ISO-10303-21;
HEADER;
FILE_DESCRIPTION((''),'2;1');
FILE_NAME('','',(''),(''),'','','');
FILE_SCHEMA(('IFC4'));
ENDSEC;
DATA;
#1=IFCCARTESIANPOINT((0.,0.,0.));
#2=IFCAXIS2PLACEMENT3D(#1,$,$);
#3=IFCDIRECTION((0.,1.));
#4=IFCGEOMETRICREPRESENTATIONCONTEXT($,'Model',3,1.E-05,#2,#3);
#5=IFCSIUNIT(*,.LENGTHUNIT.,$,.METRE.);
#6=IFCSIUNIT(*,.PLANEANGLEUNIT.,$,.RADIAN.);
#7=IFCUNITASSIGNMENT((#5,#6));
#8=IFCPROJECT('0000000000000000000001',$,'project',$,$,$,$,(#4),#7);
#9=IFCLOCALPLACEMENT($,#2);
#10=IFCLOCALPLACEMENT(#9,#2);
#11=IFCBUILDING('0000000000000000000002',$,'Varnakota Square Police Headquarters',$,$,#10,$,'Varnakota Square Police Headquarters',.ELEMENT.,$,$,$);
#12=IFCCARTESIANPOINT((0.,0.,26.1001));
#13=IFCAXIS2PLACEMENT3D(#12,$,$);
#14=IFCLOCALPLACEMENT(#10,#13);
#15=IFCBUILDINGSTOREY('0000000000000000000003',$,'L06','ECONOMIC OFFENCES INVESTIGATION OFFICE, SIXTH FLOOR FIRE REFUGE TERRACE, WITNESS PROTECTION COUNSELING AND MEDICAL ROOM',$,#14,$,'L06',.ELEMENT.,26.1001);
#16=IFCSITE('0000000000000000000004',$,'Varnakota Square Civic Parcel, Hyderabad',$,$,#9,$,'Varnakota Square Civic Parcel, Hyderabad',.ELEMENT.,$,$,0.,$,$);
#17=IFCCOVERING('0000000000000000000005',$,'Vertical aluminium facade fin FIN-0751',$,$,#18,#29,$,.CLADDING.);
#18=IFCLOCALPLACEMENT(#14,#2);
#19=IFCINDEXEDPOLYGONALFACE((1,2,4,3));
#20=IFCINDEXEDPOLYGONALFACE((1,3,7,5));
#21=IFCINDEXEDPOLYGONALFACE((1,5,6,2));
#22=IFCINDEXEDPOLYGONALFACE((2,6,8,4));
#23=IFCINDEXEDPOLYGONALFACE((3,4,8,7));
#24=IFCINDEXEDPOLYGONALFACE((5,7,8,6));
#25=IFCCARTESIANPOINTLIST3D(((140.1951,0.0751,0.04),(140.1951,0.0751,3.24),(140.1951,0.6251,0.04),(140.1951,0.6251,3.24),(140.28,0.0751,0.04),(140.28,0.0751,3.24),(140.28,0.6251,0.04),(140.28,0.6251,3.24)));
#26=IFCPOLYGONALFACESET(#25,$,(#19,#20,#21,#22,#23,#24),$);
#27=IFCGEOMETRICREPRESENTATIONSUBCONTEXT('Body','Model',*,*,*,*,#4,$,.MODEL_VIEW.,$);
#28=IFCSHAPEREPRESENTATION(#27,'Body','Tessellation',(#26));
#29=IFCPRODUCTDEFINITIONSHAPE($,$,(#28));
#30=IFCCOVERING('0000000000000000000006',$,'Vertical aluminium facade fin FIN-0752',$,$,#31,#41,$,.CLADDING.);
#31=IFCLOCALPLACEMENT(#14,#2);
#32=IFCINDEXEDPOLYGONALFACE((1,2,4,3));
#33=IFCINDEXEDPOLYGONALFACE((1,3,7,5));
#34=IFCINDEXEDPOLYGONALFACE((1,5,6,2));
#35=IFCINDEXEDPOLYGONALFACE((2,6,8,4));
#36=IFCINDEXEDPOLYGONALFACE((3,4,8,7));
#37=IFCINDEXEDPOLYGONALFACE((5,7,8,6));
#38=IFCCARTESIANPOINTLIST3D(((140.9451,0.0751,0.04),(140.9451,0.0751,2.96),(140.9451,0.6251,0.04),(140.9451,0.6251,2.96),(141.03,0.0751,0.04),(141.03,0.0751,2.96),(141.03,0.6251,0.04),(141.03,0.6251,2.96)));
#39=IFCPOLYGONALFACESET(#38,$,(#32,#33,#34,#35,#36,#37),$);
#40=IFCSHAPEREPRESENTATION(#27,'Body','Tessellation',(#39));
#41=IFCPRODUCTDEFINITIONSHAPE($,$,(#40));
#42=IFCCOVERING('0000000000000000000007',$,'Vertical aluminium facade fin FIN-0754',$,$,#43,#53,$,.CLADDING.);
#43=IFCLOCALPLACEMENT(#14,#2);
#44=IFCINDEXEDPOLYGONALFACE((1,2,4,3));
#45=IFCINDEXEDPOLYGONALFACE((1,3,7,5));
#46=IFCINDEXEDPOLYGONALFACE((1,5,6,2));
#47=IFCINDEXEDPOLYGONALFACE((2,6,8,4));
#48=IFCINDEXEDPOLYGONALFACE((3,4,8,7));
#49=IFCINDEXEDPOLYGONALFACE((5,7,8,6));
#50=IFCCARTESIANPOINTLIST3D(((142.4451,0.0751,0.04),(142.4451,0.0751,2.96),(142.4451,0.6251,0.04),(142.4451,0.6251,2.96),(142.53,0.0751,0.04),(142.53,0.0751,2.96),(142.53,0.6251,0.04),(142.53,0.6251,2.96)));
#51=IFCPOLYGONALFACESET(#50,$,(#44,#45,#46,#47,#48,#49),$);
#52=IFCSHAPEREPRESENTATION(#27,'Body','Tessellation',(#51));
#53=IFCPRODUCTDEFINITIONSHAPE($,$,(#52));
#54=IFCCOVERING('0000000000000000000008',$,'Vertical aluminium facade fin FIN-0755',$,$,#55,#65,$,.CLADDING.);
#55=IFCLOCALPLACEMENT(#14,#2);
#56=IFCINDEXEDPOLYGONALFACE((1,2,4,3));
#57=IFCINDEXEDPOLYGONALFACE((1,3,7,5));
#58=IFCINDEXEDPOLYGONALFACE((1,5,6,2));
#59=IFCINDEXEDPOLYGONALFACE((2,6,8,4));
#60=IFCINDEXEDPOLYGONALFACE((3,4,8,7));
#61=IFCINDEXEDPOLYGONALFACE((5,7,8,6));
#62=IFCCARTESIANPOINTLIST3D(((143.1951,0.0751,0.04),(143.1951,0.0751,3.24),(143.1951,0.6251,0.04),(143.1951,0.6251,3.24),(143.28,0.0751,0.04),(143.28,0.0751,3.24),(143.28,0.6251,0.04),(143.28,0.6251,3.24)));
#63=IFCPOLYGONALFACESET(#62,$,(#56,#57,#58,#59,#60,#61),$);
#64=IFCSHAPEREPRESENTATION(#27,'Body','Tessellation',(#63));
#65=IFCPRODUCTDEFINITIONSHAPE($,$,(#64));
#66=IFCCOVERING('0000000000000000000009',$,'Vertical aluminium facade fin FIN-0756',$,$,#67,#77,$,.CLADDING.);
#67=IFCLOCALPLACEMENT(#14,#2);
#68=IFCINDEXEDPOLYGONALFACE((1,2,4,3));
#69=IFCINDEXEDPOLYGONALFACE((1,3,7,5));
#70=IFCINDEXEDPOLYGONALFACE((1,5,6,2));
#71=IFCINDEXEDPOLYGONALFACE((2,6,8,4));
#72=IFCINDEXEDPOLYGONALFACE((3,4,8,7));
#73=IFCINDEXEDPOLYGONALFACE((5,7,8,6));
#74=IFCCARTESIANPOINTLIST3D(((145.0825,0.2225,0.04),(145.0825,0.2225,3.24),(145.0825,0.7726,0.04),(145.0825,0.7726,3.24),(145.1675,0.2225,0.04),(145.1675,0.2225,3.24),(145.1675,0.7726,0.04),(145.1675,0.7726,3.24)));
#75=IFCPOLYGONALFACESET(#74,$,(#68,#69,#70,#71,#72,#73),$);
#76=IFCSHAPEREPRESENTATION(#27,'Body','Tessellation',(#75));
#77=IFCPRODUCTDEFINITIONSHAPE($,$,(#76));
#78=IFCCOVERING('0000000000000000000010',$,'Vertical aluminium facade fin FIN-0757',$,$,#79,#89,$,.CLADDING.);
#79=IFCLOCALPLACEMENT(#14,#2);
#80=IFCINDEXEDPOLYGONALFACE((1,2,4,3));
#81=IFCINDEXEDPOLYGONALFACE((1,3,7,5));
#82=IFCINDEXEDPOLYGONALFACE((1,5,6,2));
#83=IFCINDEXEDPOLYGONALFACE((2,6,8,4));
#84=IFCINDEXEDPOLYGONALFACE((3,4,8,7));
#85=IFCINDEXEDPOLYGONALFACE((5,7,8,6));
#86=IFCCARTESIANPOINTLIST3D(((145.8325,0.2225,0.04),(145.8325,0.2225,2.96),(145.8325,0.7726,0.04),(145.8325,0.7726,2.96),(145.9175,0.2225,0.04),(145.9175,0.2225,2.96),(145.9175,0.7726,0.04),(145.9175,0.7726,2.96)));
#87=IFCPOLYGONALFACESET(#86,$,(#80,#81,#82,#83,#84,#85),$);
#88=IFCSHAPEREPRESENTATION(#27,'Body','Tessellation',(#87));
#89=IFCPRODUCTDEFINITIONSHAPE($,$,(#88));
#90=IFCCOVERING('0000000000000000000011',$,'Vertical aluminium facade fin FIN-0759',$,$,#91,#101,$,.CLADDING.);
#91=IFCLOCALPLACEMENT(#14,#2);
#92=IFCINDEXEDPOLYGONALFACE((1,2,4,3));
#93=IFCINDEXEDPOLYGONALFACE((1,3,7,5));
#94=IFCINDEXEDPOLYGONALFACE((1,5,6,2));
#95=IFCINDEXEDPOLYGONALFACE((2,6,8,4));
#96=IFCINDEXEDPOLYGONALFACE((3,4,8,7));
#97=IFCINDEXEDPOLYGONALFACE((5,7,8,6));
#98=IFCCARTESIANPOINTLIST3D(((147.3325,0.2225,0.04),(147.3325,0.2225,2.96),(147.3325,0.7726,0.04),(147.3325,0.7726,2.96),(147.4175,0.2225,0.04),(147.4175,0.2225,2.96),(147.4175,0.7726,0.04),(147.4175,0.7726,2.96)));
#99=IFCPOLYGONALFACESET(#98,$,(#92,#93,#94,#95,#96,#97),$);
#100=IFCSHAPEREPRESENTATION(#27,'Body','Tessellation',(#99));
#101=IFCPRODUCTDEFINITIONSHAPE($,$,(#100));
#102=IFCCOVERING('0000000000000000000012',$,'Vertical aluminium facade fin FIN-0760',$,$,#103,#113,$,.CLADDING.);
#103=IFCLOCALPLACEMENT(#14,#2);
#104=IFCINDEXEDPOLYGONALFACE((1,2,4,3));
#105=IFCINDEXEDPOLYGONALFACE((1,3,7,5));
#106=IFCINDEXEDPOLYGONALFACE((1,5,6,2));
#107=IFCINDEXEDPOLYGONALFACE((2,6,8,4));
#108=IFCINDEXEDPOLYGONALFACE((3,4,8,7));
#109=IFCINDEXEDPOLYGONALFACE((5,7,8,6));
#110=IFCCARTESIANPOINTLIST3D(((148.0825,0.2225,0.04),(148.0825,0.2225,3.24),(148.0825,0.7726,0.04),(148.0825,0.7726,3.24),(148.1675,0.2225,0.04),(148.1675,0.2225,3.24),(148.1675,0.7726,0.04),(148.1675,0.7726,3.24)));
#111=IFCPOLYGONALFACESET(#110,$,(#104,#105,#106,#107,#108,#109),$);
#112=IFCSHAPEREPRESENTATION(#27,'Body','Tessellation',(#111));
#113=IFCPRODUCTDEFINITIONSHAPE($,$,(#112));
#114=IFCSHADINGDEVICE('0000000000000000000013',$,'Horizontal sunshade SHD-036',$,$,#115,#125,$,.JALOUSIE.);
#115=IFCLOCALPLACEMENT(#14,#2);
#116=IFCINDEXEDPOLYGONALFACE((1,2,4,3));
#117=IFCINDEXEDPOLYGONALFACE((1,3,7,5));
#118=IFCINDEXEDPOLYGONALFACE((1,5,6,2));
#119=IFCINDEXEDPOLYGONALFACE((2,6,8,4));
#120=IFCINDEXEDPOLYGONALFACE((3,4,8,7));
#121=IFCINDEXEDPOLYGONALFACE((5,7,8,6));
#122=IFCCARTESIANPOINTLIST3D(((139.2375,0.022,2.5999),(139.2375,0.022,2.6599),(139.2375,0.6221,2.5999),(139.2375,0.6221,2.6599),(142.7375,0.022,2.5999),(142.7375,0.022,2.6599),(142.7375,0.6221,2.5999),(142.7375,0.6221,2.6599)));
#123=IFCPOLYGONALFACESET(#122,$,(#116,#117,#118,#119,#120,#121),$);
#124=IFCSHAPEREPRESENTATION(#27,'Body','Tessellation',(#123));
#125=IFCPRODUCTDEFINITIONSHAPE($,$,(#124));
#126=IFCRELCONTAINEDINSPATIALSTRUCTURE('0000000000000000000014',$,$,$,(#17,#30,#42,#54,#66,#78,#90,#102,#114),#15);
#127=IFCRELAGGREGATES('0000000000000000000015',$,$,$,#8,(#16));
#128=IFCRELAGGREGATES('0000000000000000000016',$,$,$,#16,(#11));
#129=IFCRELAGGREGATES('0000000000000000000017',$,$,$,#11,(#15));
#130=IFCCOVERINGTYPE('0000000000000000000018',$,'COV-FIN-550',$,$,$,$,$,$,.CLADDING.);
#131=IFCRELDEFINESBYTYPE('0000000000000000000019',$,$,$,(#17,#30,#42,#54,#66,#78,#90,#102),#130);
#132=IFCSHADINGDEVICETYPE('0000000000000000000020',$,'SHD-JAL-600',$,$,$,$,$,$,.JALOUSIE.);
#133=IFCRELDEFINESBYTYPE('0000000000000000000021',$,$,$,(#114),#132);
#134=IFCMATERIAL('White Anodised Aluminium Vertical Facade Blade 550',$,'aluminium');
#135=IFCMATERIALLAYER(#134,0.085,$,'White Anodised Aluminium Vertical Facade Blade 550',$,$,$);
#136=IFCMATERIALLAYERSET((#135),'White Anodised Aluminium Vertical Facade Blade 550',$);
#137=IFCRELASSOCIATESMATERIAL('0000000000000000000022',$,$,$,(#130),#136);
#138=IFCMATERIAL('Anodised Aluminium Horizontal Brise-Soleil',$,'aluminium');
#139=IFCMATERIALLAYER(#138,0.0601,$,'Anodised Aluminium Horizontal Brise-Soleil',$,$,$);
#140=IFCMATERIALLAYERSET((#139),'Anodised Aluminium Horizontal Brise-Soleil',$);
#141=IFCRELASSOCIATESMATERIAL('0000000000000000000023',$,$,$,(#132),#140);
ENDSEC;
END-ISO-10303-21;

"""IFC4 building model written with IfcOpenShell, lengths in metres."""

from ifc_helpers import new_model, si_unit, direction, frame, origin, origin_2d, place, context, subcontext, project, spatial, rectangle, extrude, material, layer, layer_set, type_object, element, save


model = new_model("IFC4")

# Units and contexts
model_context = context("Model", 3, precision=1e-05, world=origin(), true_north=direction((0.0, 1.0)))
body_context = subcontext(model_context, "Body", "Model", "MODEL_VIEW")
ifc_project = project(units=[si_unit("LENGTHUNIT", "METRE"), si_unit("PLANEANGLEUNIT", "RADIAN")], contexts=[model_context])

# Site, building, storey
site_placement = place(None, origin())
site = spatial("IfcSite", under=ifc_project, at=site_placement, Name="Varnakota Square Civic Parcel, Hyderabad", LongName="Varnakota Square Civic Parcel, Hyderabad", CompositionType="ELEMENT", RefElevation=0.0)
building_placement = place(site_placement, origin())
building = spatial("IfcBuilding", under=site, at=building_placement, Name="Varnakota Square Police Headquarters", LongName="Varnakota Square Police Headquarters", CompositionType="ELEMENT")
storey_placement = place(building_placement, frame((0.0, 0.0, 26.1001)))
storey = spatial("IfcBuildingStorey", under=building, at=storey_placement, Name="L06", Description="ECONOMIC OFFENCES INVESTIGATION OFFICE, SIXTH FLOOR FIRE REFUGE TERRACE, WITNESS PROTECTION COUNSELING AND MEDICAL ROOM", LongName="L06", CompositionType="ELEMENT", Elevation=26.1001)

# Coverings
ifc_material_1 = material(Name="White Anodised Aluminium Vertical Facade Blade 550", Category="aluminium")
ifc_layer_1 = layer(ifc_material_1, 0.085, Name="White Anodised Aluminium Vertical Facade Blade 550")
ifc_layer_set_1 = layer_set([ifc_layer_1], Name="White Anodised Aluminium Vertical Facade Blade 550")
covering_type_1 = type_object("IfcCoveringType", Name="COV-FIN-550", PredefinedType="CLADDING", material=ifc_layer_set_1)
for number, where, z_axis, x_axis, name in (
    (1, (140.2375, 0.3501, 0.04), (0.0, 0.0, 1.0), (1.0, 0.0, 0.0), "Vertical aluminium facade fin FIN-0751"),
):
    element("IfcCovering", number, at=place(storey_placement, frame(where, z_axis=z_axis, x_axis=x_axis)), inside=storey, type_object=covering_type_1, Name=name, PredefinedType="CLADDING", context=body_context, shape_type="SweptSolid", body=[
        extrude(rectangle(XDim=0.085, YDim=0.55, at=origin_2d()), origin(), (0.0, 0.0, 1.0), 3.2),
    ])
for number, where, z_axis, x_axis, name in (
    (2, (140.9875, 0.3501, 0.04), (0.0, 0.0, 1.0), (1.0, 0.0, 0.0), "Vertical aluminium facade fin FIN-0752"),
    (3, (142.4875, 0.3501, 0.04), (0.0, 0.0, 1.0), (1.0, 0.0, 0.0), "Vertical aluminium facade fin FIN-0754"),
):
    element("IfcCovering", number, at=place(storey_placement, frame(where, z_axis=z_axis, x_axis=x_axis)), inside=storey, type_object=covering_type_1, Name=name, PredefinedType="CLADDING", context=body_context, shape_type="SweptSolid", body=[
        extrude(rectangle(XDim=0.085, YDim=0.55, at=origin_2d()), origin(), (0.0, 0.0, 1.0), 2.9199),
    ])
for number, where, z_axis, x_axis, name in (
    (4, (143.2375, 0.3501, 0.04), (0.0, 0.0, 1.0), (1.0, 0.0, 0.0), "Vertical aluminium facade fin FIN-0755"),
    (5, (145.125, 0.4976, 0.04), (0.0, 0.0, 1.0), (1.0, 0.0, 0.0), "Vertical aluminium facade fin FIN-0756"),
):
    element("IfcCovering", number, at=place(storey_placement, frame(where, z_axis=z_axis, x_axis=x_axis)), inside=storey, type_object=covering_type_1, Name=name, PredefinedType="CLADDING", context=body_context, shape_type="SweptSolid", body=[
        extrude(rectangle(XDim=0.085, YDim=0.55, at=origin_2d()), origin(), (0.0, 0.0, 1.0), 3.2),
    ])
for number, where, z_axis, x_axis, name in (
    (6, (145.875, 0.4976, 0.04), (0.0, 0.0, 1.0), (1.0, 0.0, 0.0), "Vertical aluminium facade fin FIN-0757"),
    (7, (147.375, 0.4976, 0.04), (0.0, 0.0, 1.0), (1.0, 0.0, 0.0), "Vertical aluminium facade fin FIN-0759"),
):
    element("IfcCovering", number, at=place(storey_placement, frame(where, z_axis=z_axis, x_axis=x_axis)), inside=storey, type_object=covering_type_1, Name=name, PredefinedType="CLADDING", context=body_context, shape_type="SweptSolid", body=[
        extrude(rectangle(XDim=0.085, YDim=0.55, at=origin_2d()), origin(), (0.0, 0.0, 1.0), 2.9199),
    ])
covering_1_placement = place(storey_placement, frame((148.125, 0.4976, 0.04), z_axis=(0.0, 0.0, 1.0), x_axis=(1.0, 0.0, 0.0)))
element("IfcCovering", 8, at=covering_1_placement, inside=storey, type_object=covering_type_1, Name="Vertical aluminium facade fin FIN-0760", PredefinedType="CLADDING", context=body_context, shape_type="SweptSolid", body=[
    extrude(rectangle(XDim=0.085, YDim=0.55, at=origin_2d()), origin(), (0.0, 0.0, 1.0), 3.2),
])

# Shading device
ifc_material_2 = material(Name="Anodised Aluminium Horizontal Brise-Soleil", Category="aluminium")
ifc_layer_2 = layer(ifc_material_2, 0.0601, Name="Anodised Aluminium Horizontal Brise-Soleil")
ifc_layer_set_2 = layer_set([ifc_layer_2], Name="Anodised Aluminium Horizontal Brise-Soleil")
shading_device_type = type_object("IfcShadingDeviceType", Name="SHD-JAL-600", PredefinedType="JALOUSIE", material=ifc_layer_set_2)
shading_device_placement = place(storey_placement, frame((140.9875, 0.322, 2.5999), z_axis=(0.0, 0.0, 1.0), x_axis=(1.0, 0.0, 0.0)))
element("IfcShadingDevice", 9, at=shading_device_placement, inside=storey, type_object=shading_device_type, Name="Horizontal sunshade SHD-036", PredefinedType="JALOUSIE", context=body_context, shape_type="SweptSolid", body=[
    extrude(rectangle(XDim=3.5, YDim=0.6001, at=origin_2d()), origin(), (0.0, 0.0, 1.0), 0.0601),
])

save(model, "model.ifc")
